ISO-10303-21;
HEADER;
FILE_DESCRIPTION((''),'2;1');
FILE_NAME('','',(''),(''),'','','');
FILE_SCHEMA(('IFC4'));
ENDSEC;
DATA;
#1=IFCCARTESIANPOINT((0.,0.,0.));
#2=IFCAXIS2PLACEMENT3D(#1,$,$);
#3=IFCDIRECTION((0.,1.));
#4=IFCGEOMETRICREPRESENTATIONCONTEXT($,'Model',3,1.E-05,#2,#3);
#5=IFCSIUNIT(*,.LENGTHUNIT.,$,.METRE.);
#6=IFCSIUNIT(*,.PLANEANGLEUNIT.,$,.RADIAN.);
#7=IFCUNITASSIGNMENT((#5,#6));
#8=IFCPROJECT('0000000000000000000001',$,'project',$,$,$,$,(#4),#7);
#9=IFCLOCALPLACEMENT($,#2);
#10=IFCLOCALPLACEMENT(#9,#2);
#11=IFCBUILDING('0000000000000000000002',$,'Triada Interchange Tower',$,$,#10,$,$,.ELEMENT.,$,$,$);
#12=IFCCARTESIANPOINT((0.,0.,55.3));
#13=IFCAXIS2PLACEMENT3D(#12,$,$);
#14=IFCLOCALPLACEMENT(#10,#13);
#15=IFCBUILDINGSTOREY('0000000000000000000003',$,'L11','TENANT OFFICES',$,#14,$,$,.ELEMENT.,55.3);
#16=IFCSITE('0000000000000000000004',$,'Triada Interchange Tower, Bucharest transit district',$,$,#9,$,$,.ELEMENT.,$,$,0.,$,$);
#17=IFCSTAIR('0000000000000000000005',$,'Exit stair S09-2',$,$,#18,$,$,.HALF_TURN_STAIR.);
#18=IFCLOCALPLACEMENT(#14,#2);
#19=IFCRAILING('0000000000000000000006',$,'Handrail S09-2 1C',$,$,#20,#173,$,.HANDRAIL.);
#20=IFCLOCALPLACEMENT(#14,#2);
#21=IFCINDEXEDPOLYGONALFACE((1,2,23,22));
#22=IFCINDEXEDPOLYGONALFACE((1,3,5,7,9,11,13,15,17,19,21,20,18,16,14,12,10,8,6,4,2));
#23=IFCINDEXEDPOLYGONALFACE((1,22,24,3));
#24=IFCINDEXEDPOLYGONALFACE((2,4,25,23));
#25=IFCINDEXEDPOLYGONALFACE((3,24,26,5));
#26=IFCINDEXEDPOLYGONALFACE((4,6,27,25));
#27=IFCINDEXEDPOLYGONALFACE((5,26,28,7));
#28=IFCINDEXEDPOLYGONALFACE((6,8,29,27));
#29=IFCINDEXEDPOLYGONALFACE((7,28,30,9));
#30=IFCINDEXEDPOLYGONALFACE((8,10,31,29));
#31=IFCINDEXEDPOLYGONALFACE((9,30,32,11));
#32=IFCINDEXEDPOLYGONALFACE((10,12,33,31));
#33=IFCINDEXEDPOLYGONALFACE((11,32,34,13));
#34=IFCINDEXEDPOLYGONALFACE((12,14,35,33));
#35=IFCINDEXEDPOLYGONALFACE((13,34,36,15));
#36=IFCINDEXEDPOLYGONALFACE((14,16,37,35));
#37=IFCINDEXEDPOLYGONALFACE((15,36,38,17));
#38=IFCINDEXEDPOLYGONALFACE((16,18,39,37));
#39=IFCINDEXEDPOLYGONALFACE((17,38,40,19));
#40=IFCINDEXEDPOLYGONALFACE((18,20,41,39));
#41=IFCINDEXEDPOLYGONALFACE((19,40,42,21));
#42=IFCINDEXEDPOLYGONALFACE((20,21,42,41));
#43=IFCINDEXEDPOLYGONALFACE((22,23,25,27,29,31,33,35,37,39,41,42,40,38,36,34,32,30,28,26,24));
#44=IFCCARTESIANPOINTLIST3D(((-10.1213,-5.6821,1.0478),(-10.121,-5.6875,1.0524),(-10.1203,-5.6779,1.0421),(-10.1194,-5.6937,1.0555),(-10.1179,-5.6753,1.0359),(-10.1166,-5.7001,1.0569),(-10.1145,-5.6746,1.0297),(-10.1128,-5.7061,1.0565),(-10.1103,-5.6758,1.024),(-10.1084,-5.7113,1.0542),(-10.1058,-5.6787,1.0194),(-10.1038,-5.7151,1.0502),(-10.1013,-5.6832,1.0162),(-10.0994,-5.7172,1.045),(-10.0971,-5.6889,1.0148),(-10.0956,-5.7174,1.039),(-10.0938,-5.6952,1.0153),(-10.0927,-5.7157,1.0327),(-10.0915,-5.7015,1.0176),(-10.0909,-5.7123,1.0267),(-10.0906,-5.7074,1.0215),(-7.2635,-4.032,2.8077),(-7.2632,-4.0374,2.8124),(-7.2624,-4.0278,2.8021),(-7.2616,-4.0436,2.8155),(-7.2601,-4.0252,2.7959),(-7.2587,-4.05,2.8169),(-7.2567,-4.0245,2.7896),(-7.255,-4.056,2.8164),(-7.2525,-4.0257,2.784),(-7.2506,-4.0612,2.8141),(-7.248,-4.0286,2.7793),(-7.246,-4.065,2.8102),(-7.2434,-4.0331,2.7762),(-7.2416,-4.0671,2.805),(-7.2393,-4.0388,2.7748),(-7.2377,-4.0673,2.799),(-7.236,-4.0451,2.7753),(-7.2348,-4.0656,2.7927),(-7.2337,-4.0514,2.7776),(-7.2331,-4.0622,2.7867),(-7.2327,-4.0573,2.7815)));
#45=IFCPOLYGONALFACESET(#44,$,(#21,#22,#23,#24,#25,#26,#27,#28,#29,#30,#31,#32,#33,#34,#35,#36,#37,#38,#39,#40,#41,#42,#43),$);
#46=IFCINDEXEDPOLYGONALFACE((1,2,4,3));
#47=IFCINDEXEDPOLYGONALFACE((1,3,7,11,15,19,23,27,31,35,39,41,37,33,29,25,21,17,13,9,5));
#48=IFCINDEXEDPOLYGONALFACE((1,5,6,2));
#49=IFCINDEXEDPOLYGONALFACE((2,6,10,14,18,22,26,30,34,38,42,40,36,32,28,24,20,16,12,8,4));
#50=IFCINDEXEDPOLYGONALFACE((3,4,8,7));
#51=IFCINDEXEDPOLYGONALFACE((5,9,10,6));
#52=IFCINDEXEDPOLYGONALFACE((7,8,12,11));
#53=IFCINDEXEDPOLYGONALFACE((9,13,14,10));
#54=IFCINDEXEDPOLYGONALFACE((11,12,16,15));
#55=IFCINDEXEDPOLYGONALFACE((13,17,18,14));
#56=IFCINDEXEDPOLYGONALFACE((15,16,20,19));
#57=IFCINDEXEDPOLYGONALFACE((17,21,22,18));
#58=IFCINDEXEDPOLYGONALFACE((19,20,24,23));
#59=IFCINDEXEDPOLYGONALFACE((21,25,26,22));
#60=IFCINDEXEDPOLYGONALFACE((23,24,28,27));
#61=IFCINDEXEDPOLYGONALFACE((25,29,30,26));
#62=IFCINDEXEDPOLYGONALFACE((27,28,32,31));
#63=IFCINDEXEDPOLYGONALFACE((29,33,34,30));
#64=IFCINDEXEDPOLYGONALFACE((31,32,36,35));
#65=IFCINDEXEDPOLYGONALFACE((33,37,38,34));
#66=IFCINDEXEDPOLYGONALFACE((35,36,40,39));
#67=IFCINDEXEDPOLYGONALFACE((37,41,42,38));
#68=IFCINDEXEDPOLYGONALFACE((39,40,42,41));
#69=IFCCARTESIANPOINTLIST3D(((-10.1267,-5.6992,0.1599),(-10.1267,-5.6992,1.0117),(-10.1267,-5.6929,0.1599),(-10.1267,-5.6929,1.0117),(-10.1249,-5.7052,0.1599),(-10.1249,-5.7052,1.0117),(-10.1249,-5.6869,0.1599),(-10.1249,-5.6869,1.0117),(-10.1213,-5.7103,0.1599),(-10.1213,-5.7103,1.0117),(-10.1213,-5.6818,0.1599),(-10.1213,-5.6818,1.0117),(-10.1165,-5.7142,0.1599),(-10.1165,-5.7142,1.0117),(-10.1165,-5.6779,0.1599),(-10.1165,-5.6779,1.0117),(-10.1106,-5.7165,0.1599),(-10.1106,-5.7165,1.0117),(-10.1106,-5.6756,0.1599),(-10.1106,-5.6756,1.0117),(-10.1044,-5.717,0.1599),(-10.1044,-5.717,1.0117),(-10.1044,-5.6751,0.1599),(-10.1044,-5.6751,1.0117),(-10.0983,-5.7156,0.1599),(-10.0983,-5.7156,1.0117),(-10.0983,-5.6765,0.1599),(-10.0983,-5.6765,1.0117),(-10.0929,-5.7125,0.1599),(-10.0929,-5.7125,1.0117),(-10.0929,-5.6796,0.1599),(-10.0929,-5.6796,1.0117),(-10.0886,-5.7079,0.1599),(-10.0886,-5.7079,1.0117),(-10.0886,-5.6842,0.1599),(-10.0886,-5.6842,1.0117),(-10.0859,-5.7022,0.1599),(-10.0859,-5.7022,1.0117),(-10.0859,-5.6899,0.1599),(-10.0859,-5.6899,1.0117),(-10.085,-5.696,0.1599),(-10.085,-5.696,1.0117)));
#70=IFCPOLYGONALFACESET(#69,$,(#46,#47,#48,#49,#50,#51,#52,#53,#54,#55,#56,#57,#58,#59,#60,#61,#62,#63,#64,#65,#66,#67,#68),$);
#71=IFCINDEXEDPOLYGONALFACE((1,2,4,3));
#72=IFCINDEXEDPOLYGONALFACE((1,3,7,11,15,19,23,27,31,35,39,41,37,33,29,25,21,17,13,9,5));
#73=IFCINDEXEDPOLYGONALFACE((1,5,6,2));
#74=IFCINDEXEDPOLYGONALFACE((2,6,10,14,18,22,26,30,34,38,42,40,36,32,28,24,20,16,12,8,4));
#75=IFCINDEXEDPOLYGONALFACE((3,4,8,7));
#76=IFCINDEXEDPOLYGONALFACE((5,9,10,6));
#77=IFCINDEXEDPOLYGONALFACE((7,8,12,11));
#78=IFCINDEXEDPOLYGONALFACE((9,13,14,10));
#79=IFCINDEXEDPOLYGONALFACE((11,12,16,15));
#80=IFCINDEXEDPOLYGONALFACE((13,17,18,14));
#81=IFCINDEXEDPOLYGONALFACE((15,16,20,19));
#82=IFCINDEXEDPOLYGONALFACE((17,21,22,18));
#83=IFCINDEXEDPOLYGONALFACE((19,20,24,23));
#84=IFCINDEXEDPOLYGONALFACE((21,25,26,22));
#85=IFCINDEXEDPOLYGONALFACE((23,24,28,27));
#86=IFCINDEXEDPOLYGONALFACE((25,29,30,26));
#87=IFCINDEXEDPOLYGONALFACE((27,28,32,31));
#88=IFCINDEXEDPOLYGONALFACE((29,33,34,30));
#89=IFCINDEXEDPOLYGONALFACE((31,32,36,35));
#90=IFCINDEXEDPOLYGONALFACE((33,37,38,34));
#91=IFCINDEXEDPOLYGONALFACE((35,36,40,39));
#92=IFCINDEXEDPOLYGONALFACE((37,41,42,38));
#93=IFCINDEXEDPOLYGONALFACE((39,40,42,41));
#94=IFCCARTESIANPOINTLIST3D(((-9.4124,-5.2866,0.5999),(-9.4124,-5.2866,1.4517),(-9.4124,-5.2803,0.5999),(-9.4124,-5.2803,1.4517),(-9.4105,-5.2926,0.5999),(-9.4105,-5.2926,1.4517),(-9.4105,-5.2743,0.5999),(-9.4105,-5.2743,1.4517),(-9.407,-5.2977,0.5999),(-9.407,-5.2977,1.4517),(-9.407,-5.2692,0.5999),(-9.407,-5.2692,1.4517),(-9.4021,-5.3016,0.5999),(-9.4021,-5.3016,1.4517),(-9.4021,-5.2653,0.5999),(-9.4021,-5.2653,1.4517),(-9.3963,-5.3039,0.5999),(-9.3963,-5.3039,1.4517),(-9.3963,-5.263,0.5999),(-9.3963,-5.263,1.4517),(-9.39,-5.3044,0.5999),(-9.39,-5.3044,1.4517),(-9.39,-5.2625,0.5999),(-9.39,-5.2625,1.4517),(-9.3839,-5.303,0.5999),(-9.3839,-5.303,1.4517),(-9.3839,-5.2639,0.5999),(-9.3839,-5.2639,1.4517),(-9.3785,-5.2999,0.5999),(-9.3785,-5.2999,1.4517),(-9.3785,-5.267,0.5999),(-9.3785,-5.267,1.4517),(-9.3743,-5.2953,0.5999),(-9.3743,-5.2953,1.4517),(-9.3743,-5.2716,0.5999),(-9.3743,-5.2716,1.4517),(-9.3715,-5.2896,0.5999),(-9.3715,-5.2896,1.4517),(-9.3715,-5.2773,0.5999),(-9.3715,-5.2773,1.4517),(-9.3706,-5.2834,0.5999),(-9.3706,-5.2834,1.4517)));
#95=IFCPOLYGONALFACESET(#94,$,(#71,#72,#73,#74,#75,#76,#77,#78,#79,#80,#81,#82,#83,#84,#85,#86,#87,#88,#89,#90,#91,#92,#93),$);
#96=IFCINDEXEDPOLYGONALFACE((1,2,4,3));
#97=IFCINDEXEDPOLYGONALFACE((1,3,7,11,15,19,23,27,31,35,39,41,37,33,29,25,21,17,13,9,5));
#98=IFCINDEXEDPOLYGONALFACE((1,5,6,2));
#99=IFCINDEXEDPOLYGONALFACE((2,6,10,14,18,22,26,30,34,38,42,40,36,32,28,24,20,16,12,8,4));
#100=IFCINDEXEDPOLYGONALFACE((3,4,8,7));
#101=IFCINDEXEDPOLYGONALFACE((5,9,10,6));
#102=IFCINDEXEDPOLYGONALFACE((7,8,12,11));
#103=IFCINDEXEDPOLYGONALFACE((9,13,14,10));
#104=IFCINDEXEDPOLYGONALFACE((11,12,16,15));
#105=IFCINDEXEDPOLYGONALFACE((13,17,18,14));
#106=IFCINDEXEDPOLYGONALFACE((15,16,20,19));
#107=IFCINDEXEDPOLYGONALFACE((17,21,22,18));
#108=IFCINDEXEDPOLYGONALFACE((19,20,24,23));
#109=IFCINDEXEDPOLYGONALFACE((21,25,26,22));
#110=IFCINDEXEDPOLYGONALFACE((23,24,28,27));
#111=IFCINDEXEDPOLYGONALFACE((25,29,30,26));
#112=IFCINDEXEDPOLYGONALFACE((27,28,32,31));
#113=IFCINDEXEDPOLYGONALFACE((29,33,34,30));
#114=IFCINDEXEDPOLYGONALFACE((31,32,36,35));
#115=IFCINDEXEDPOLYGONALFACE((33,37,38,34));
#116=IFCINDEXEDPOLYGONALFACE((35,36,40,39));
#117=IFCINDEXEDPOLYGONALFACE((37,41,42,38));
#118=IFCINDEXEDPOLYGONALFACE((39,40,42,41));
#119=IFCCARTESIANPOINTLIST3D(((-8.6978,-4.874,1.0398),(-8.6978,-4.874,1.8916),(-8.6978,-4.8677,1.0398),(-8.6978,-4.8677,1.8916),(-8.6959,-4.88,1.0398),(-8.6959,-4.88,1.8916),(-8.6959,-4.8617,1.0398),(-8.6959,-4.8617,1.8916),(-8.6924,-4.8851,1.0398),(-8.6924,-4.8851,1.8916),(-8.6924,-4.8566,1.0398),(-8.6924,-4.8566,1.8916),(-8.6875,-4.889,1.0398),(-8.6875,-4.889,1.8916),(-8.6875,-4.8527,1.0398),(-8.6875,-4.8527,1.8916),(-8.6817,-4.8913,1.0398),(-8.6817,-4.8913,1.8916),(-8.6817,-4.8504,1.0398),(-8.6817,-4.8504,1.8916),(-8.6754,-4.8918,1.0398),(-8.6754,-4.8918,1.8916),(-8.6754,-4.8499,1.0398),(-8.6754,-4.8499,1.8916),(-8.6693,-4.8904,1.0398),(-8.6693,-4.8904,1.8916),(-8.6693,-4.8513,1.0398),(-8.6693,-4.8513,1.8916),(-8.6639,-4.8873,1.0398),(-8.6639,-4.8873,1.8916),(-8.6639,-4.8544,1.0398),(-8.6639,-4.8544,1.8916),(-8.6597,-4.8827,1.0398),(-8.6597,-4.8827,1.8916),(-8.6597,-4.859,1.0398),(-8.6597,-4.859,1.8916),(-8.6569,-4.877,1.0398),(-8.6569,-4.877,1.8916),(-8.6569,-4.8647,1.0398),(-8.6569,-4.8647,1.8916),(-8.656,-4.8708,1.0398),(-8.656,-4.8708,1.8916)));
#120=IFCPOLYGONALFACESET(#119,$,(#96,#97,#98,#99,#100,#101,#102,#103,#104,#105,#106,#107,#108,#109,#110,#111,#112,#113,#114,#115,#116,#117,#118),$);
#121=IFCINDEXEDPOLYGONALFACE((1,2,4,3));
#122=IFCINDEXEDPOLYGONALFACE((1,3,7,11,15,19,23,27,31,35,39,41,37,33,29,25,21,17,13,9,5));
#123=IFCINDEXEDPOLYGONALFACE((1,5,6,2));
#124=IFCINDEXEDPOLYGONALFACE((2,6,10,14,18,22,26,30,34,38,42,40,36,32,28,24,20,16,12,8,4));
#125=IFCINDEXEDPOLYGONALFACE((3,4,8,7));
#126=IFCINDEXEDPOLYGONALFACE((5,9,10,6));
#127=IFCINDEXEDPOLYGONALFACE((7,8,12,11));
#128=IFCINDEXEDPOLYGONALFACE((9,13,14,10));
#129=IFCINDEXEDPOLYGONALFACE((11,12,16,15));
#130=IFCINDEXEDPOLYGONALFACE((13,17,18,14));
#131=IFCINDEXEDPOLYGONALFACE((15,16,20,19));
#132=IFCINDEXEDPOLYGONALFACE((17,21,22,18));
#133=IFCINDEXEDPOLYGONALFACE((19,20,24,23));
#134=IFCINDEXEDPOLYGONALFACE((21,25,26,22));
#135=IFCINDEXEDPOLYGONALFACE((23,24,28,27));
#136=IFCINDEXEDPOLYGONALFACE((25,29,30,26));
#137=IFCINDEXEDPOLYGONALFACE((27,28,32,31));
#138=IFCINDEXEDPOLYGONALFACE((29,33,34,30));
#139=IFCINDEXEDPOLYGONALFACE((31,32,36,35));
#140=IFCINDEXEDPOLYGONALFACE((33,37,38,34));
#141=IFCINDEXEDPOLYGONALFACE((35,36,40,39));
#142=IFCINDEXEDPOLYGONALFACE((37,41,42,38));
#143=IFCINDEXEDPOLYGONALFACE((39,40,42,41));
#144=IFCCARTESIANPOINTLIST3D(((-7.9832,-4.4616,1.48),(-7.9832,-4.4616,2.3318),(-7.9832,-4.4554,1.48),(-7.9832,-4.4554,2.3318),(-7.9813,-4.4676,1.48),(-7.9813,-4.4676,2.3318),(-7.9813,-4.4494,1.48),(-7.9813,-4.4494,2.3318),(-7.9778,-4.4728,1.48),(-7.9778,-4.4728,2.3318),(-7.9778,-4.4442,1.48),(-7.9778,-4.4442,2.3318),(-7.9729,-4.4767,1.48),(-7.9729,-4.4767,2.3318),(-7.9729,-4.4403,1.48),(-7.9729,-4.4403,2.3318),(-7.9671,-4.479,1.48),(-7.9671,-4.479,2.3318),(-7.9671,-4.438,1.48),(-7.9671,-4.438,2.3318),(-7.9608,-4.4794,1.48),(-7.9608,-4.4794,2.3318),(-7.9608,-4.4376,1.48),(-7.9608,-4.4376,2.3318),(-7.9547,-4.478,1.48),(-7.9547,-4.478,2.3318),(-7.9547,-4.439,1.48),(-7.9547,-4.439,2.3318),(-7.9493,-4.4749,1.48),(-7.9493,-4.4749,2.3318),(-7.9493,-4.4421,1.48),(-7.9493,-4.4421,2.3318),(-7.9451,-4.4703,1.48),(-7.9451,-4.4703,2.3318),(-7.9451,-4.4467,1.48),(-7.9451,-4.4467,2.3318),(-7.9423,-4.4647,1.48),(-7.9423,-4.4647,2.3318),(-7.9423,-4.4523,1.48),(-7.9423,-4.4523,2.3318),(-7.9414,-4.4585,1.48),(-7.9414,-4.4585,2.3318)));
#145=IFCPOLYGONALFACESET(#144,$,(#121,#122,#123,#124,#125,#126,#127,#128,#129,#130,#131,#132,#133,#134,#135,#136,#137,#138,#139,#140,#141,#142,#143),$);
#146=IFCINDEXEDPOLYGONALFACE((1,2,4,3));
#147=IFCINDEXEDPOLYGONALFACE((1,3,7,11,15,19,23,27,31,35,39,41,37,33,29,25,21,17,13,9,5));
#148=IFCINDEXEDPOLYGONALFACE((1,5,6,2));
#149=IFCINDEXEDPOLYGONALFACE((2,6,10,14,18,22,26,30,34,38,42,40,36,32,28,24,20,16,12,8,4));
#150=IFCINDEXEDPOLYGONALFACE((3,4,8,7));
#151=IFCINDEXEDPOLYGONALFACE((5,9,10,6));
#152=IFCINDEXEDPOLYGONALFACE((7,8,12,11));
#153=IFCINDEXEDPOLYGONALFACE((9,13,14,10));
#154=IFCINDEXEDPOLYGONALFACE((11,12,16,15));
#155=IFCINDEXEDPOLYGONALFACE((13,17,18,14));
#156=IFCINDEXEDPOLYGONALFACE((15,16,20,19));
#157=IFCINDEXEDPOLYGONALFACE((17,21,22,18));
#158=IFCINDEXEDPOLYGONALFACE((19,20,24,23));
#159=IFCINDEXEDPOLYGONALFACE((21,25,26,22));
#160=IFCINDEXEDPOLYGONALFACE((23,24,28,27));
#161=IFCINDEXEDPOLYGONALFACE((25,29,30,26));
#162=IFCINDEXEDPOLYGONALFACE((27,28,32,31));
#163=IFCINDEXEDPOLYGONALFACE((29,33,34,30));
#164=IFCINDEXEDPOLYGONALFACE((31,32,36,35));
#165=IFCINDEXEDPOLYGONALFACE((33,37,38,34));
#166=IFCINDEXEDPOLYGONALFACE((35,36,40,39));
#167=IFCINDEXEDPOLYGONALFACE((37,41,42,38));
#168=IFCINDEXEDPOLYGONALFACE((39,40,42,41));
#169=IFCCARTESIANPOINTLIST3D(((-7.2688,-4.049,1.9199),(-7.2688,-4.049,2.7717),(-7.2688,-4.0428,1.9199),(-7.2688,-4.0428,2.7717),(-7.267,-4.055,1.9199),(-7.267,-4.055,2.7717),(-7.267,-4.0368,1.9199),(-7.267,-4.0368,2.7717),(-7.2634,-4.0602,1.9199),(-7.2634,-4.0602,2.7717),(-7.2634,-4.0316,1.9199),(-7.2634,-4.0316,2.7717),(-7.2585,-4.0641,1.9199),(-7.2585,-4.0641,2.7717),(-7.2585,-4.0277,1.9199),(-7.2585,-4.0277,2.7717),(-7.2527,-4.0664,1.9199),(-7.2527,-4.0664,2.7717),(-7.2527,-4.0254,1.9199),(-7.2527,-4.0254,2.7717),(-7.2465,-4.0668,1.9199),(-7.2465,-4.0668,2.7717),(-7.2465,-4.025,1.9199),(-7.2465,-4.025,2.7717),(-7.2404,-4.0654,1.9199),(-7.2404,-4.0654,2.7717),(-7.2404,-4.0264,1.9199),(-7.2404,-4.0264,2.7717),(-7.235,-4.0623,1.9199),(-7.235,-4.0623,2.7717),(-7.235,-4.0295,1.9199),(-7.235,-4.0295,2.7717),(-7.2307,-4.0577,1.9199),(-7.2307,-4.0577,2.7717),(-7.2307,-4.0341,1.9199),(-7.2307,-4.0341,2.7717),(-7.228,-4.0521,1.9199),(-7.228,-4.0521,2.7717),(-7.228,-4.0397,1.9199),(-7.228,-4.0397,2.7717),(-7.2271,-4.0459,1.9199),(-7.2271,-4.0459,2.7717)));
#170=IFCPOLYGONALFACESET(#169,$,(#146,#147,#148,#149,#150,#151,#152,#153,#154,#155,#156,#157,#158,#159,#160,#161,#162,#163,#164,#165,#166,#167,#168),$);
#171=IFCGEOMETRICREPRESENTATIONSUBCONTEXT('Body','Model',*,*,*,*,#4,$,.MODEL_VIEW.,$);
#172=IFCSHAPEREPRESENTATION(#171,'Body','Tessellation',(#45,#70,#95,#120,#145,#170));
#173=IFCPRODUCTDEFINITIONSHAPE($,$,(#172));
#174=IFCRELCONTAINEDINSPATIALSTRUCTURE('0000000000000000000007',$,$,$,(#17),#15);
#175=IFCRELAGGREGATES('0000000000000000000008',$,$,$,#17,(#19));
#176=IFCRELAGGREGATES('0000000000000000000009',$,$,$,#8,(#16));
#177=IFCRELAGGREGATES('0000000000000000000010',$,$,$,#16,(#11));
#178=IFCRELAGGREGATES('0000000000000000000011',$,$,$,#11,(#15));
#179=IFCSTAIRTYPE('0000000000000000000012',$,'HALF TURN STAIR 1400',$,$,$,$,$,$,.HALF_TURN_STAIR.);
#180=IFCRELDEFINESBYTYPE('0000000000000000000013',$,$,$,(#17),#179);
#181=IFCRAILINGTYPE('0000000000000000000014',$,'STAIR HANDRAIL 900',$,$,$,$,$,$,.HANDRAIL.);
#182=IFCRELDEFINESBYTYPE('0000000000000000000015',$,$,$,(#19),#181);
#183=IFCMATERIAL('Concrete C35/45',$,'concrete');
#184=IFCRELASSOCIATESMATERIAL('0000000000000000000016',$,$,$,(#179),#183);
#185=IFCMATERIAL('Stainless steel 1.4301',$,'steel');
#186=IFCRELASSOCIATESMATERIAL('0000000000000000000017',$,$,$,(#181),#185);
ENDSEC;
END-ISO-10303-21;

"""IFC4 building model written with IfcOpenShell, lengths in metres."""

from ifc_helpers import new_model, si_unit, direction, frame, origin, origin_2d, place, context, subcontext, project, spatial, circle, extrude, material, type_object, element, aggregate, save


model = new_model("IFC4")

# Units and contexts
model_context = context("Model", 3, precision=1e-05, world=origin(), true_north=direction((0.0, 1.0)))
body_context = subcontext(model_context, "Body", "Model", "MODEL_VIEW")
ifc_project = project(units=[si_unit("LENGTHUNIT", "METRE"), si_unit("PLANEANGLEUNIT", "RADIAN")], contexts=[model_context])

# Site, building, storey
site_placement = place(None, origin())
site = spatial("IfcSite", under=ifc_project, at=site_placement, Name="Triada Interchange Tower, Bucharest transit district", CompositionType="ELEMENT", RefElevation=0.0)
building_placement = place(site_placement, origin())
building = spatial("IfcBuilding", under=site, at=building_placement, Name="Triada Interchange Tower", CompositionType="ELEMENT")
storey_placement = place(building_placement, frame((0.0, 0.0, 55.3)))
storey = spatial("IfcBuildingStorey", under=building, at=storey_placement, Name="L11", Description="TENANT OFFICES", CompositionType="ELEMENT", Elevation=55.3)

# Stair, railing
ifc_material_1 = material(Name="Concrete C35/45", Category="concrete")
stair_type = type_object("IfcStairType", Name="HALF TURN STAIR 1400", PredefinedType="HALF_TURN_STAIR", material=ifc_material_1)
stair_placement = place(storey_placement, origin())
stair = element("IfcStair", 1, at=stair_placement, inside=storey, type_object=stair_type, Name="Exit stair S09-2", PredefinedType="HALF_TURN_STAIR")
ifc_material_2 = material(Name="Stainless steel 1.4301", Category="steel")
railing_type = type_object("IfcRailingType", Name="STAIR HANDRAIL 900", PredefinedType="HANDRAIL", material=ifc_material_2)
railing_1_placement = place(storey_placement, frame((-10.106, -5.696, 0.1599)))
railing_1 = element("IfcRailing", 2, at=railing_1_placement, type_object=railing_type, Name="Handrail S09-2 1C", PredefinedType="HANDRAIL", context=body_context, shape_type="SweptSolid", body=[
    extrude(circle(Radius=0.0239, at=origin_2d()), frame((0.0, 0.0, 0.876), z_axis=(0.764129, 0.441205, 0.47058), x_axis=(-0.50003, 0.866008, 0.0)), (0.0, 0.0, 1.0), 3.74),
    extrude(circle(Radius=0.021, at=origin_2d()), origin(), (0.0, 0.0, 1.0), 0.8518),
    extrude(circle(Radius=0.021, at=origin_2d()), frame((0.7144, 0.4126, 0.4399)), (0.0, 0.0, 1.0), 0.8518),
    extrude(circle(Radius=0.021, at=origin_2d()), frame((1.429, 0.8252, 0.8799)), (0.0, 0.0, 1.0), 0.8518),
    extrude(circle(Radius=0.021, at=origin_2d()), frame((2.1436, 1.2375, 1.3201)), (0.0, 0.0, 1.0), 0.8518),
    extrude(circle(Radius=0.021, at=origin_2d()), frame((2.8579, 1.6501, 1.76)), (0.0, 0.0, 1.0), 0.8518),
])
aggregate(stair, [railing_1])

save(model, "model.ifc")
